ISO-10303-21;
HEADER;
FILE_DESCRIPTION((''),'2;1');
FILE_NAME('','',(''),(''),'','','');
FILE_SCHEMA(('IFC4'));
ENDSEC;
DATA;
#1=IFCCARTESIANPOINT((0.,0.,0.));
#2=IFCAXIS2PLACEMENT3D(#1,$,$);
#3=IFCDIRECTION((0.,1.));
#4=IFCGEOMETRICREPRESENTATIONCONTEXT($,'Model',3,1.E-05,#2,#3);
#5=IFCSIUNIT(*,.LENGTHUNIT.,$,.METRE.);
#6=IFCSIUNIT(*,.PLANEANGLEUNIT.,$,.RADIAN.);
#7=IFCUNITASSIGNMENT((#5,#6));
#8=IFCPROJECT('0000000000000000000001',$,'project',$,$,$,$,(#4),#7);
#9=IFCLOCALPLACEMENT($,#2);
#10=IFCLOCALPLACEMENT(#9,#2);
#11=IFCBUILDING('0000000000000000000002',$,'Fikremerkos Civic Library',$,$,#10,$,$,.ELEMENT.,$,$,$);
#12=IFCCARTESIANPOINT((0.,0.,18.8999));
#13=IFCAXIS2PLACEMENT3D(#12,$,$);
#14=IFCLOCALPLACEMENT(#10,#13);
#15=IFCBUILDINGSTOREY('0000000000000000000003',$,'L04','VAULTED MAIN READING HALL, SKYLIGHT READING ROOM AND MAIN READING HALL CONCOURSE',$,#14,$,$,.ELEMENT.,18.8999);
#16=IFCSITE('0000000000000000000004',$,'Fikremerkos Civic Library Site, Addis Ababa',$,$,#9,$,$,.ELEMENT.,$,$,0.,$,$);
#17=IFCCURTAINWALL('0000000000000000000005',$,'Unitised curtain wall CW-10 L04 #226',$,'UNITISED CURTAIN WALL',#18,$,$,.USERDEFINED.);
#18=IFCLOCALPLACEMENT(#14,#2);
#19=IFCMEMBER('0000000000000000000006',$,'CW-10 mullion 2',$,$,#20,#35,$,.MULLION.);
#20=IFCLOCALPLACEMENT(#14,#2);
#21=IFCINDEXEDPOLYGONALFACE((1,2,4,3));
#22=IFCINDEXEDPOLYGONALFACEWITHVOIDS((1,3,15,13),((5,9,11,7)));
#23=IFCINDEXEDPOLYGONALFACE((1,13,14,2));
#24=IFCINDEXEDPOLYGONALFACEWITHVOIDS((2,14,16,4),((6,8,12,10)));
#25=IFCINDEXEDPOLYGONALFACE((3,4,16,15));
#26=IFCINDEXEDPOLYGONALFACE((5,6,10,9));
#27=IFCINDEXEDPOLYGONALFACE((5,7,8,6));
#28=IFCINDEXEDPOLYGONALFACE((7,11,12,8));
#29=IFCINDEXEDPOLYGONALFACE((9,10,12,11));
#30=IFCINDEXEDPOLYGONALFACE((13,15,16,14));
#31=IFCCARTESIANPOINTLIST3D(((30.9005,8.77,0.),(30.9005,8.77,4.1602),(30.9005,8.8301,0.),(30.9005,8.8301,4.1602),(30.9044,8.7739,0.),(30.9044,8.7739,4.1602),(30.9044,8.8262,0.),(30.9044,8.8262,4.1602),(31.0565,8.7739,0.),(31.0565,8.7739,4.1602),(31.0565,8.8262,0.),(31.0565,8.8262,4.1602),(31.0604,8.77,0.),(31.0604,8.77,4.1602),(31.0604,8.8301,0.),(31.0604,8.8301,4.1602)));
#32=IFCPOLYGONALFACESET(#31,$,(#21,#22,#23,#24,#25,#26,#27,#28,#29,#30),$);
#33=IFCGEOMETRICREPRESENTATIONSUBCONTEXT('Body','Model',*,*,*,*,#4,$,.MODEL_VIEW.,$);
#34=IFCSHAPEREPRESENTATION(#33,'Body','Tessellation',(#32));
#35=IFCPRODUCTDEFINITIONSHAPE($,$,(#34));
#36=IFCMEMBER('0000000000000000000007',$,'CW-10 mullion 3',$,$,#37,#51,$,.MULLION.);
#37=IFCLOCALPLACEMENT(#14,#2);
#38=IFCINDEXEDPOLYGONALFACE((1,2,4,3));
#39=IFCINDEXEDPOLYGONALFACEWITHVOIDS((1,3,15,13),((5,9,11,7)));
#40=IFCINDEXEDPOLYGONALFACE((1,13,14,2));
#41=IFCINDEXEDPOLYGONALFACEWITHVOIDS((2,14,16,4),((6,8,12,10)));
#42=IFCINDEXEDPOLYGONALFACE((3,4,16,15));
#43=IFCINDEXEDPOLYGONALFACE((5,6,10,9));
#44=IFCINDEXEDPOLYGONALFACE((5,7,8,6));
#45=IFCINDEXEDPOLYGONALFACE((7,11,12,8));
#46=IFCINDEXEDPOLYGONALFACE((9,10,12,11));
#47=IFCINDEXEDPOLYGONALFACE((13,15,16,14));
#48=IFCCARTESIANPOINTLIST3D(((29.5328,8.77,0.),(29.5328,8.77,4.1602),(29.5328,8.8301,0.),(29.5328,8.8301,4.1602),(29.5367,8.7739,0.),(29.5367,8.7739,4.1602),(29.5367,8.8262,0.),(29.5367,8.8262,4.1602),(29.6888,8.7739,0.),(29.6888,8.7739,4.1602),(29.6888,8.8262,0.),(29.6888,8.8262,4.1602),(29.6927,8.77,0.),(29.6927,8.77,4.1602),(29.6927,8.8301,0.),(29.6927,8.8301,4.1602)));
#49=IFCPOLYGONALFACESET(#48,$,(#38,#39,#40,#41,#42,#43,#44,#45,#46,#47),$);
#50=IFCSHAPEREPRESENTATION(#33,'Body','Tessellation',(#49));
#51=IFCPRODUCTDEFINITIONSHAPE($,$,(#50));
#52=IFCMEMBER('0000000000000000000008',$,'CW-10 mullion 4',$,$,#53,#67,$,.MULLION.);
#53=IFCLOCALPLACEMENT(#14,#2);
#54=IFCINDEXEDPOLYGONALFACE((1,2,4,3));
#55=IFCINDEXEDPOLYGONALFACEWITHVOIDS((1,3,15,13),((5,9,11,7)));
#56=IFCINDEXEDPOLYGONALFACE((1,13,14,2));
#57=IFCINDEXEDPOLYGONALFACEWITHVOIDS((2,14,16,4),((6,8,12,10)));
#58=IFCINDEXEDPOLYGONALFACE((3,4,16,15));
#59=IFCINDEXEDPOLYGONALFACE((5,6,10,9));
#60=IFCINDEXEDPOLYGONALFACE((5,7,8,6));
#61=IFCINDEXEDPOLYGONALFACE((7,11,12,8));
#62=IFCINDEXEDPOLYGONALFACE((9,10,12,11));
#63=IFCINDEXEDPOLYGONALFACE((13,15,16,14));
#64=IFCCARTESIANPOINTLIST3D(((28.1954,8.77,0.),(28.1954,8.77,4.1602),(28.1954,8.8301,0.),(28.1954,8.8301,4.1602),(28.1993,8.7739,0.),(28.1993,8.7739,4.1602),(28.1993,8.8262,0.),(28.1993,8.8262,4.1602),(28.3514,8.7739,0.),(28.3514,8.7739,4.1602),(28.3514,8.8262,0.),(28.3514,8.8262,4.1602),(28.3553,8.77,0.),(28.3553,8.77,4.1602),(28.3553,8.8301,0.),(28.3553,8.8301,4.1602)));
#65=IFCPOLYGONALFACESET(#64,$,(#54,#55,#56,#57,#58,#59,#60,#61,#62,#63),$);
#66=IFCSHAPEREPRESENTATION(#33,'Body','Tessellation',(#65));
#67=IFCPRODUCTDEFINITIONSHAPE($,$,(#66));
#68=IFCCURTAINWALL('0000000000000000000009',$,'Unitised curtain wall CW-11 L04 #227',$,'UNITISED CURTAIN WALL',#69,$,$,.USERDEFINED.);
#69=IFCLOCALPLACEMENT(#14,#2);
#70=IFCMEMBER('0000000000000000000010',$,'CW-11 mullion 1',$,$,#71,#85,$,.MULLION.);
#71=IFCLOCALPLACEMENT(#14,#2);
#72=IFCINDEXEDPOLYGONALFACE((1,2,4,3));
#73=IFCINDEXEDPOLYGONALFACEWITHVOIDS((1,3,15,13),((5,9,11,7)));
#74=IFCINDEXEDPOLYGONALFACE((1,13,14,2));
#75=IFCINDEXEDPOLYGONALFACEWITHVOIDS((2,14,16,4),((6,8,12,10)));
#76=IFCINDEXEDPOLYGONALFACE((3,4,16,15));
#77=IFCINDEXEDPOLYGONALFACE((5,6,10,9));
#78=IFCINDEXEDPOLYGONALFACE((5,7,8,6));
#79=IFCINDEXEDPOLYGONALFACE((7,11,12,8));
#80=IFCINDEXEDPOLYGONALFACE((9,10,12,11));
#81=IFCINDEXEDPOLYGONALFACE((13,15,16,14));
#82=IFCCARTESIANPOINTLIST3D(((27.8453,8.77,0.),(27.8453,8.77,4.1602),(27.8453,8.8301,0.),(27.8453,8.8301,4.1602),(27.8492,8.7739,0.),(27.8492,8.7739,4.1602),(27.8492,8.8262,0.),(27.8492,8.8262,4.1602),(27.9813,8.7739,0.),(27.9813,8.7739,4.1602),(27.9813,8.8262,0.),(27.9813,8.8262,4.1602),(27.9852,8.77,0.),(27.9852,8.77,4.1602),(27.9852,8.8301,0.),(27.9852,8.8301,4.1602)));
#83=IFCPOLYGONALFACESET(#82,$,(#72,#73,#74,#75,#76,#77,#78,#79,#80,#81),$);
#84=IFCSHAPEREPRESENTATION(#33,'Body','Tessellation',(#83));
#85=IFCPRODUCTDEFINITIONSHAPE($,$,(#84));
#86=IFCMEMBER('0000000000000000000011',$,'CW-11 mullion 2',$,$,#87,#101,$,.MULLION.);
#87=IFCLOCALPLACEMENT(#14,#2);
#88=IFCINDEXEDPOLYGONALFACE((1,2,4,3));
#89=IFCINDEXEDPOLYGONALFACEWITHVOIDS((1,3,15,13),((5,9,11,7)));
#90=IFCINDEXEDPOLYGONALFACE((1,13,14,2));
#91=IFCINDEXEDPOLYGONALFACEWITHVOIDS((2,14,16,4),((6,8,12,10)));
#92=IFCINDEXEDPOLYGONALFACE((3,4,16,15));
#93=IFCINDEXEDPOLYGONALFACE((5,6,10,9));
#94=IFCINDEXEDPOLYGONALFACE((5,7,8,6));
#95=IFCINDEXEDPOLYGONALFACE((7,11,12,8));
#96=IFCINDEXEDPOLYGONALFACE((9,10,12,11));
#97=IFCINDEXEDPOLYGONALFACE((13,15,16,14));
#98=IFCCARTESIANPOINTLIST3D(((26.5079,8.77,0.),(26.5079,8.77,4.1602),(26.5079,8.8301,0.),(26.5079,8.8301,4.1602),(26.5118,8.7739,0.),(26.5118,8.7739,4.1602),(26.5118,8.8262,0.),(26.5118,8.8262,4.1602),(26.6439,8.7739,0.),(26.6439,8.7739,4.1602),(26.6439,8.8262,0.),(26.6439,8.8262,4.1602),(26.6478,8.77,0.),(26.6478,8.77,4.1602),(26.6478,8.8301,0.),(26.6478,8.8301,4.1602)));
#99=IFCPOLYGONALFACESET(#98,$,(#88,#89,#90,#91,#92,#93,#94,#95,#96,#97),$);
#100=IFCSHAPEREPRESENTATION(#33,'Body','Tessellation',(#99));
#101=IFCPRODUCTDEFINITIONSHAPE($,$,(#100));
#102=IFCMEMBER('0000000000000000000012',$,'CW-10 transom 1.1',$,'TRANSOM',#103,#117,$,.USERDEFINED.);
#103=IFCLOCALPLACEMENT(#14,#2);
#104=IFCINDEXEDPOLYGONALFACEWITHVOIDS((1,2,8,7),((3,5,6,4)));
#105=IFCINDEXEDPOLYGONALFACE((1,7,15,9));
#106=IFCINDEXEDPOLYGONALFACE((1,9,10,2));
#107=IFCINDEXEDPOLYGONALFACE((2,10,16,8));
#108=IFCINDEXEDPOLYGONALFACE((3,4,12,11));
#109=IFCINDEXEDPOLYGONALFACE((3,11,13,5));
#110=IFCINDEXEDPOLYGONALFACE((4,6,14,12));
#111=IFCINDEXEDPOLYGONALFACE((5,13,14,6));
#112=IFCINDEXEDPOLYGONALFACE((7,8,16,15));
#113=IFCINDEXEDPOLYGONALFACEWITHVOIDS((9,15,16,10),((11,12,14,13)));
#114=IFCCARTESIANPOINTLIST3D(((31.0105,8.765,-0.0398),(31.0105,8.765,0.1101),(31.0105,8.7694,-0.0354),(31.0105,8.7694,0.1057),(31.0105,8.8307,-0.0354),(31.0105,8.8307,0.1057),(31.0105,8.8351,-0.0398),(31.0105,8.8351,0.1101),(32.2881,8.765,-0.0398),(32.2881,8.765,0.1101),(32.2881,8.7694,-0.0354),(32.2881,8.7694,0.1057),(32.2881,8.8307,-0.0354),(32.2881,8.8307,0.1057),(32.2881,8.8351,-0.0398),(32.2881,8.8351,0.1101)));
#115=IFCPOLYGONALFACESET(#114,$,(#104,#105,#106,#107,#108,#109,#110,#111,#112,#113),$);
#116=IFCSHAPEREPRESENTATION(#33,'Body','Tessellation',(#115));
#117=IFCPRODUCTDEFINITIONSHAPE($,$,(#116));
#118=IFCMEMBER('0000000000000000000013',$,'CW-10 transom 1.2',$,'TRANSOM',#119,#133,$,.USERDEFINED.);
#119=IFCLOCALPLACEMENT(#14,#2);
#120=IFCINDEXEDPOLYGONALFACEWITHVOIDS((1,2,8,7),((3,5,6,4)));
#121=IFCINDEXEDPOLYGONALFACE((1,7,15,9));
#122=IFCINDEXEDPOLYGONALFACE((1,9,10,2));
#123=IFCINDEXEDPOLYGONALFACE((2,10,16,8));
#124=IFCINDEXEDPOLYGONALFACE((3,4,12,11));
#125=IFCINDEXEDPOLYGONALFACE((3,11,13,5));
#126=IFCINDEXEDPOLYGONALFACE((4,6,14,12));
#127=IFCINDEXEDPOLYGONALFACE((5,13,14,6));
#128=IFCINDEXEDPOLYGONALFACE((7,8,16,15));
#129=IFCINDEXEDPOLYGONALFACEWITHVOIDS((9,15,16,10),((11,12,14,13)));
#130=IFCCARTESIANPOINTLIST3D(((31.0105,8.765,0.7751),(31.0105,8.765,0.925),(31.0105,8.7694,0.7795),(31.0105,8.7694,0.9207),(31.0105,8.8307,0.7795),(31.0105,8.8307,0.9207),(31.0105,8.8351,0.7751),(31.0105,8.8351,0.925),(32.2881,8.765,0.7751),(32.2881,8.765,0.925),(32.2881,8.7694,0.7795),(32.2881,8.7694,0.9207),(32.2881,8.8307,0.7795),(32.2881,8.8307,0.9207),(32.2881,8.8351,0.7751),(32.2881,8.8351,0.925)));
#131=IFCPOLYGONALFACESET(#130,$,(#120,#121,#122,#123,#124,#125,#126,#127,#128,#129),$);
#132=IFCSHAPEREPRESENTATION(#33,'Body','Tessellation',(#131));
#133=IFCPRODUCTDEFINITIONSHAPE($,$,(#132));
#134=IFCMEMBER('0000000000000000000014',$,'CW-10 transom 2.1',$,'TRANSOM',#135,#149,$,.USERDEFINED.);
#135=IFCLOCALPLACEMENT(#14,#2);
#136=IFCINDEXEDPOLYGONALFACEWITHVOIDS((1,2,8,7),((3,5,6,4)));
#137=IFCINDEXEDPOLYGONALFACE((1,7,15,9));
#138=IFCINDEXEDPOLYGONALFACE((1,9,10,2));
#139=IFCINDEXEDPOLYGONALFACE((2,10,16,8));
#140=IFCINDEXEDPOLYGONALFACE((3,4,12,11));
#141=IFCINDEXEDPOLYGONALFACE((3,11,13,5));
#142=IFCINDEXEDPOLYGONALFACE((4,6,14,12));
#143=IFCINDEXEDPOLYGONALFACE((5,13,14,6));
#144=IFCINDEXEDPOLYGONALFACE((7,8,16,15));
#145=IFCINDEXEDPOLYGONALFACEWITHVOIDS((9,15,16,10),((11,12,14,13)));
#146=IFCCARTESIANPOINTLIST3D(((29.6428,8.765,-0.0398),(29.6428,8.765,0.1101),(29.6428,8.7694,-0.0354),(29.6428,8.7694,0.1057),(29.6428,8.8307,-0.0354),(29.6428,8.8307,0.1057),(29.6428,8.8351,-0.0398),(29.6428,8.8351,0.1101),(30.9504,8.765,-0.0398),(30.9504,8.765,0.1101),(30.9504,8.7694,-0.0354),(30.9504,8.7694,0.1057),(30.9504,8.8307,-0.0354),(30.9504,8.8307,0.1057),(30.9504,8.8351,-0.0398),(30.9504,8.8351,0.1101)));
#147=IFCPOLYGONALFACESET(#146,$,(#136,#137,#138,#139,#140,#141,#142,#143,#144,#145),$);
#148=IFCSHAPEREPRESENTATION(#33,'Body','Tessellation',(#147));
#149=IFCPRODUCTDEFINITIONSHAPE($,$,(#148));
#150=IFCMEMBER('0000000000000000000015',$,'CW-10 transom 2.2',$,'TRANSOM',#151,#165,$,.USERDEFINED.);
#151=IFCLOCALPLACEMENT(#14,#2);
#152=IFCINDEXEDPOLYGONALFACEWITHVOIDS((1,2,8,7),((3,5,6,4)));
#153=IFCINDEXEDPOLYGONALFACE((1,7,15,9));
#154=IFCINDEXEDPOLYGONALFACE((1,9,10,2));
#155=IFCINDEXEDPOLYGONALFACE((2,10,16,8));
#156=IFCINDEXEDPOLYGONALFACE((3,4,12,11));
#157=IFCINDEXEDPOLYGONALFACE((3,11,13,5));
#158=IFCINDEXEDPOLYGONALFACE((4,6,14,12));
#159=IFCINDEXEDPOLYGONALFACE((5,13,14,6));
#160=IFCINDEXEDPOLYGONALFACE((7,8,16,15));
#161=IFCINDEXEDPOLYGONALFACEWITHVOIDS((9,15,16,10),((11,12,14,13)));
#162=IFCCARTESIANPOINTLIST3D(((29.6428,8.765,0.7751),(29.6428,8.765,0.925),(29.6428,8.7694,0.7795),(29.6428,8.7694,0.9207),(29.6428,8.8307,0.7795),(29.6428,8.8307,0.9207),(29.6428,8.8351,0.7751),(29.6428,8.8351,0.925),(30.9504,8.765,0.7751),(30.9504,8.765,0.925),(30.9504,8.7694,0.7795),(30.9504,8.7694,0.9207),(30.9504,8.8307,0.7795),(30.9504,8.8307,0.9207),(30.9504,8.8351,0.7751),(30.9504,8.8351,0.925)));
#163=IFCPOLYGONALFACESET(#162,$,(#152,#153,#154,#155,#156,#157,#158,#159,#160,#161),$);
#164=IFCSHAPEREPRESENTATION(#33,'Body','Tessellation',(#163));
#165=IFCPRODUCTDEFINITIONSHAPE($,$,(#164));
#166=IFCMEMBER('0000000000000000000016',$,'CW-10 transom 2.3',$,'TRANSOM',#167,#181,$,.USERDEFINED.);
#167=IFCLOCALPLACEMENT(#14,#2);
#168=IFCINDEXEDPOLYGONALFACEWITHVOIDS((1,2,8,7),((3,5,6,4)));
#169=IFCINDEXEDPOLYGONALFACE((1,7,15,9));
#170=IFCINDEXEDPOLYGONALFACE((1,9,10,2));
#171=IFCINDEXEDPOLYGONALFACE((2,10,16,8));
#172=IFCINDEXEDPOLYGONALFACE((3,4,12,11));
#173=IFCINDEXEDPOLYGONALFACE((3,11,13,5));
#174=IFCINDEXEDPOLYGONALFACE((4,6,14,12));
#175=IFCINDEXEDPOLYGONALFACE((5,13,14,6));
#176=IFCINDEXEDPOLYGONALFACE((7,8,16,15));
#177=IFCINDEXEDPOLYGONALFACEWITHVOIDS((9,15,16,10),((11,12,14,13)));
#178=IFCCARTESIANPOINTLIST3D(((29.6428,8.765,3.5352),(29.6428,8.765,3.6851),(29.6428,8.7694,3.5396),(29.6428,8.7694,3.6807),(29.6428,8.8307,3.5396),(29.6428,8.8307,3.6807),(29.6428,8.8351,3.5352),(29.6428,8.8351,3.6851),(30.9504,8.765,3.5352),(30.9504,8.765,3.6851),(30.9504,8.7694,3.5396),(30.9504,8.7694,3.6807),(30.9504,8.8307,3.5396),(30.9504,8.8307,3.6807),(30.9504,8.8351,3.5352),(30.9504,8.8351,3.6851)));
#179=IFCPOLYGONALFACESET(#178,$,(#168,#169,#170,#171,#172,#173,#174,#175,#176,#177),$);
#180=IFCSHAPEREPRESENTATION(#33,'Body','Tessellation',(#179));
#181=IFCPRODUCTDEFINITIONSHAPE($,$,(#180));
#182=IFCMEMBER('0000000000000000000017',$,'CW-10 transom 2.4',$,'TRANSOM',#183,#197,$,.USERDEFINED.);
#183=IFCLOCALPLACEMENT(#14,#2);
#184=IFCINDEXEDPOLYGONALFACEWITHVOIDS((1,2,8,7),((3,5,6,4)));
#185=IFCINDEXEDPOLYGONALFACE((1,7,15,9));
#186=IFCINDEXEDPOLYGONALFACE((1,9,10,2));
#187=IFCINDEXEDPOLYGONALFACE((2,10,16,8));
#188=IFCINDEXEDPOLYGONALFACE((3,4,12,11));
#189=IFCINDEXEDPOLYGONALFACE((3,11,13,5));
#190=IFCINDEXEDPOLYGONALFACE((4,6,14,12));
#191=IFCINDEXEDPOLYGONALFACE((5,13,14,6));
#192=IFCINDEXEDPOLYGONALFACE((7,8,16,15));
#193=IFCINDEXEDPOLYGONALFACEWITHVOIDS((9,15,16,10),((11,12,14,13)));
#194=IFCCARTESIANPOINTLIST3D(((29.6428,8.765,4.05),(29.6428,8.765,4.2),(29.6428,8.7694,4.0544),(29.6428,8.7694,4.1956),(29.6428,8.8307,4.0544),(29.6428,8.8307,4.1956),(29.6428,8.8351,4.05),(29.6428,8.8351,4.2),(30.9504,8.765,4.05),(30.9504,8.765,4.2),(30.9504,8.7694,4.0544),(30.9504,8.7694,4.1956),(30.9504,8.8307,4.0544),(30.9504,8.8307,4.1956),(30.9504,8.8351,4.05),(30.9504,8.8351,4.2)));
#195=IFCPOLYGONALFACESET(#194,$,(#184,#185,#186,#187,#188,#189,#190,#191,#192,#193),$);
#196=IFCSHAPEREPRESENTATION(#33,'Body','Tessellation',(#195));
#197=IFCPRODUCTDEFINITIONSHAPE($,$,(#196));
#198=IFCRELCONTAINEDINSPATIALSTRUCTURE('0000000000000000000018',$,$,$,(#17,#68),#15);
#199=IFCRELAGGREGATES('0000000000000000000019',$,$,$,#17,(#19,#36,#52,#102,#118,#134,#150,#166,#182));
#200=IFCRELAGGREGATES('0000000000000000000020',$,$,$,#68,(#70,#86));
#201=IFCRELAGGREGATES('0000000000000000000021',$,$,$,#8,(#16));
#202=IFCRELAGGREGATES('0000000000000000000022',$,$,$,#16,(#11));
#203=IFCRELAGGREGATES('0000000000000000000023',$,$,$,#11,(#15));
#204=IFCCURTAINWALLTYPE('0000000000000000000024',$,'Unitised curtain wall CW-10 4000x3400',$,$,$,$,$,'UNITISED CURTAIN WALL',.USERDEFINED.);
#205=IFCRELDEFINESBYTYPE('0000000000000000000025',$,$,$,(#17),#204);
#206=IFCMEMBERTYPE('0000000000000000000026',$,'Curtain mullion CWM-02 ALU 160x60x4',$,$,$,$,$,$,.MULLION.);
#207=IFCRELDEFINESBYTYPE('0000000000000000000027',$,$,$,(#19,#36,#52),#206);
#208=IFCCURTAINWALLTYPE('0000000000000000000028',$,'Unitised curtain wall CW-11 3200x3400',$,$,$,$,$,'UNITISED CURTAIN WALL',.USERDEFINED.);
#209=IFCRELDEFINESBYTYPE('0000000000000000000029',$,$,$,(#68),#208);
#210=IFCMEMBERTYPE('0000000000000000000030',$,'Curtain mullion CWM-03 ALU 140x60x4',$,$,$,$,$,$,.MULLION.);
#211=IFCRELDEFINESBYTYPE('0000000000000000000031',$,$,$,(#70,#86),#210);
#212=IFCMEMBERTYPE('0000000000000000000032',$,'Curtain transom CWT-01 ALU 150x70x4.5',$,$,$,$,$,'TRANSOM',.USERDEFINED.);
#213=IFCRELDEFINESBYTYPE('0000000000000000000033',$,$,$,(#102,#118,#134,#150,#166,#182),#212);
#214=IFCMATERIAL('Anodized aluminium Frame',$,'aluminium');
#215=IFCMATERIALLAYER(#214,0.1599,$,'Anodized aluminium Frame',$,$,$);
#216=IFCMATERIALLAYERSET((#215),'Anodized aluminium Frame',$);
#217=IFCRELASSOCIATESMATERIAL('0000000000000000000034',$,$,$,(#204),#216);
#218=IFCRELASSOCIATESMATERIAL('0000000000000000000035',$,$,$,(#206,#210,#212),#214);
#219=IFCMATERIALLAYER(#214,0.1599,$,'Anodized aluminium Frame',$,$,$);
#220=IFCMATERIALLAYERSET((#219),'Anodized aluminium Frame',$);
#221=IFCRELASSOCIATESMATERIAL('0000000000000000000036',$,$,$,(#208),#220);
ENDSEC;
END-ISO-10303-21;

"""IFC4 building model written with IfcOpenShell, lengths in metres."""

from ifc_helpers import new_model, si_unit, direction, frame, origin, origin_2d, place, context, subcontext, project, spatial, hollow_rectangle, extrude, material, layer, layer_set, material_profile, profile_set, type_object, element, aggregate, save


model = new_model("IFC4")

# Units and contexts
model_context = context("Model", 3, precision=1e-05, world=origin(), true_north=direction((0.0, 1.0)))
body_context = subcontext(model_context, "Body", "Model", "MODEL_VIEW")
ifc_project = project(units=[si_unit("LENGTHUNIT", "METRE"), si_unit("PLANEANGLEUNIT", "RADIAN")], contexts=[model_context])

# Site, building, storey
site_placement = place(None, origin())
site = spatial("IfcSite", under=ifc_project, at=site_placement, Name="Fikremerkos Civic Library Site, Addis Ababa", CompositionType="ELEMENT", RefElevation=0.0)
building_placement = place(site_placement, origin())
building = spatial("IfcBuilding", under=site, at=building_placement, Name="Fikremerkos Civic Library", CompositionType="ELEMENT")
storey_placement = place(building_placement, frame((0.0, 0.0, 18.8999)))
storey = spatial("IfcBuildingStorey", under=building, at=storey_placement, Name="L04", Description="VAULTED MAIN READING HALL, SKYLIGHT READING ROOM AND MAIN READING HALL CONCOURSE", CompositionType="ELEMENT", Elevation=18.8999)

# Curtain walls, members
ifc_material_1 = material(Name="Anodized aluminium Frame", Category="aluminium")
ifc_layer_1 = layer(ifc_material_1, 0.1599, Name="Anodized aluminium Frame")
ifc_layer_set_1 = layer_set([ifc_layer_1], Name="Anodized aluminium Frame")
curtain_wall_type_1 = type_object("IfcCurtainWallType", Name="Unitised curtain wall CW-10 4000x3400", ElementType="UNITISED CURTAIN WALL", PredefinedType="USERDEFINED", material=ifc_layer_set_1)
curtain_wall_1_placement = place(storey_placement, origin())
curtain_wall_1 = element("IfcCurtainWall", 1, at=curtain_wall_1_placement, inside=storey, type_object=curtain_wall_type_1, Name="Unitised curtain wall CW-10 L04 #226", ObjectType="UNITISED CURTAIN WALL", PredefinedType="USERDEFINED")
ifc_material_profile_1 = material_profile(ifc_material_1, hollow_rectangle(XDim=0.0601, YDim=0.1599, WallThickness=0.0039, at=origin_2d()), Name="ALU 160x60x4")
ifc_profile_set_1 = profile_set([ifc_material_profile_1], Name="Anodized aluminium Frame")
member_type_1 = type_object("IfcMemberType", Name="Curtain mullion CWM-02 ALU 160x60x4", PredefinedType="MULLION", material=ifc_profile_set_1)
member_1_placement = place(storey_placement, frame((30.9805, 8.8, 0.0), z_axis=(0.0, 0.0, 1.0), x_axis=(0.0, -1.0, 0.0)))
member_1 = element("IfcMember", 2, at=member_1_placement, type_object=member_type_1, Name="CW-10 mullion 2", PredefinedType="MULLION", context=body_context, shape_type="SweptSolid", body=[
    extrude(hollow_rectangle(XDim=0.0601, YDim=0.1599, WallThickness=0.0039, at=origin_2d()), origin(), (0.0, 0.0, 1.0), 4.1602),
])
member_2_placement = place(storey_placement, frame((29.6128, 8.8, 0.0), z_axis=(0.0, 0.0, 1.0), x_axis=(0.0, -1.0, 0.0)))
member_2 = element("IfcMember", 3, at=member_2_placement, type_object=member_type_1, Name="CW-10 mullion 3", PredefinedType="MULLION", context=body_context, shape_type="SweptSolid", body=[
    extrude(hollow_rectangle(XDim=0.0601, YDim=0.1599, WallThickness=0.0039, at=origin_2d()), origin(), (0.0, 0.0, 1.0), 4.1602),
])
member_3_placement = place(storey_placement, frame((28.2754, 8.8, 0.0), z_axis=(0.0, 0.0, 1.0), x_axis=(0.0, -1.0, 0.0)))
member_3 = element("IfcMember", 4, at=member_3_placement, type_object=member_type_1, Name="CW-10 mullion 4", PredefinedType="MULLION", context=body_context, shape_type="SweptSolid", body=[
    extrude(hollow_rectangle(XDim=0.0601, YDim=0.1599, WallThickness=0.0039, at=origin_2d()), origin(), (0.0, 0.0, 1.0), 4.1602),
])
ifc_layer_2 = layer(ifc_material_1, 0.1599, Name="Anodized aluminium Frame")
ifc_layer_set_2 = layer_set([ifc_layer_2], Name="Anodized aluminium Frame")
curtain_wall_type_2 = type_object("IfcCurtainWallType", Name="Unitised curtain wall CW-11 3200x3400", ElementType="UNITISED CURTAIN WALL", PredefinedType="USERDEFINED", material=ifc_layer_set_2)
curtain_wall_2_placement = place(storey_placement, origin())
curtain_wall_2 = element("IfcCurtainWall", 5, at=curtain_wall_2_placement, inside=storey, type_object=curtain_wall_type_2, Name="Unitised curtain wall CW-11 L04 #227", ObjectType="UNITISED CURTAIN WALL", PredefinedType="USERDEFINED")
ifc_material_profile_2 = material_profile(ifc_material_1, hollow_rectangle(XDim=0.0601, YDim=0.1399, WallThickness=0.0039, at=origin_2d()), Name="ALU 140x60x4")
ifc_profile_set_2 = profile_set([ifc_material_profile_2], Name="Anodized aluminium Frame")
member_type_2 = type_object("IfcMemberType", Name="Curtain mullion CWM-03 ALU 140x60x4", PredefinedType="MULLION", material=ifc_profile_set_2)
member_4_placement = place(storey_placement, frame((27.9153, 8.8, 0.0), z_axis=(0.0, 0.0, 1.0), x_axis=(0.0, -1.0, 0.0)))
member_4 = element("IfcMember", 6, at=member_4_placement, type_object=member_type_2, Name="CW-11 mullion 1", PredefinedType="MULLION", context=body_context, shape_type="SweptSolid", body=[
    extrude(hollow_rectangle(XDim=0.0601, YDim=0.1399, WallThickness=0.0039, at=origin_2d()), origin(), (0.0, 0.0, 1.0), 4.1602),
])
member_5_placement = place(storey_placement, frame((26.5779, 8.8, 0.0), z_axis=(0.0, 0.0, 1.0), x_axis=(0.0, -1.0, 0.0)))
member_5 = element("IfcMember", 7, at=member_5_placement, type_object=member_type_2, Name="CW-11 mullion 2", PredefinedType="MULLION", context=body_context, shape_type="SweptSolid", body=[
    extrude(hollow_rectangle(XDim=0.0601, YDim=0.1399, WallThickness=0.0039, at=origin_2d()), origin(), (0.0, 0.0, 1.0), 4.1602),
])

# Members
ifc_material_profile_3 = material_profile(ifc_material_1, hollow_rectangle(XDim=0.0701, YDim=0.1499, WallThickness=0.0044, at=origin_2d()), Name="ALU 150x70x4.5")
ifc_profile_set_3 = profile_set([ifc_material_profile_3], Name="Anodized aluminium Frame")
member_type_3 = type_object("IfcMemberType", Name="Curtain transom CWT-01 ALU 150x70x4.5", ElementType="TRANSOM", PredefinedType="USERDEFINED", material=ifc_profile_set_3)
member_6_placement = place(storey_placement, frame((32.2881, 8.8, 0.0352), z_axis=(-1.0, 0.0, 0.0), x_axis=(0.0, -1.0, 0.0)))
member_6 = element("IfcMember", 8, at=member_6_placement, type_object=member_type_3, Name="CW-10 transom 1.1", ObjectType="TRANSOM", PredefinedType="USERDEFINED", context=body_context, shape_type="SweptSolid", body=[
    extrude(hollow_rectangle(XDim=0.0701, YDim=0.1499, WallThickness=0.0044, at=origin_2d()), origin(), (0.0, 0.0, 1.0), 1.2776),
])
member_7_placement = place(storey_placement, frame((32.2881, 8.8, 0.8501), z_axis=(-1.0, 0.0, 0.0), x_axis=(0.0, -1.0, 0.0)))
member_7 = element("IfcMember", 9, at=member_7_placement, type_object=member_type_3, Name="CW-10 transom 1.2", ObjectType="TRANSOM", PredefinedType="USERDEFINED", context=body_context, shape_type="SweptSolid", body=[
    extrude(hollow_rectangle(XDim=0.0701, YDim=0.1499, WallThickness=0.0044, at=origin_2d()), origin(), (0.0, 0.0, 1.0), 1.2776),
])
member_8_placement = place(storey_placement, frame((30.9504, 8.8, 0.0352), z_axis=(-1.0, 0.0, 0.0), x_axis=(0.0, -1.0, 0.0)))
member_8 = element("IfcMember", 10, at=member_8_placement, type_object=member_type_3, Name="CW-10 transom 2.1", ObjectType="TRANSOM", PredefinedType="USERDEFINED", context=body_context, shape_type="SweptSolid", body=[
    extrude(hollow_rectangle(XDim=0.0701, YDim=0.1499, WallThickness=0.0044, at=origin_2d()), origin(), (0.0, 0.0, 1.0), 1.3076),
])
member_9_placement = place(storey_placement, frame((30.9504, 8.8, 0.8501), z_axis=(-1.0, 0.0, 0.0), x_axis=(0.0, -1.0, 0.0)))
member_9 = element("IfcMember", 11, at=member_9_placement, type_object=member_type_3, Name="CW-10 transom 2.2", ObjectType="TRANSOM", PredefinedType="USERDEFINED", context=body_context, shape_type="SweptSolid", body=[
    extrude(hollow_rectangle(XDim=0.0701, YDim=0.1499, WallThickness=0.0044, at=origin_2d()), origin(), (0.0, 0.0, 1.0), 1.3076),
])
member_10_placement = place(storey_placement, frame((30.9504, 8.8, 3.6101), z_axis=(-1.0, 0.0, 0.0), x_axis=(0.0, -1.0, 0.0)))
member_10 = element("IfcMember", 12, at=member_10_placement, type_object=member_type_3, Name="CW-10 transom 2.3", ObjectType="TRANSOM", PredefinedType="USERDEFINED", context=body_context, shape_type="SweptSolid", body=[
    extrude(hollow_rectangle(XDim=0.0701, YDim=0.1499, WallThickness=0.0044, at=origin_2d()), origin(), (0.0, 0.0, 1.0), 1.3076),
])
member_11_placement = place(storey_placement, frame((30.9504, 8.8, 4.125), z_axis=(-1.0, 0.0, 0.0), x_axis=(0.0, -1.0, 0.0)))
member_11 = element("IfcMember", 13, at=member_11_placement, type_object=member_type_3, Name="CW-10 transom 2.4", ObjectType="TRANSOM", PredefinedType="USERDEFINED", context=body_context, shape_type="SweptSolid", body=[
    extrude(hollow_rectangle(XDim=0.0701, YDim=0.1499, WallThickness=0.0044, at=origin_2d()), origin(), (0.0, 0.0, 1.0), 1.3076),
])

aggregate(curtain_wall_1, [member_1, member_2, member_3, member_6, member_7, member_8, member_9, member_10, member_11])
aggregate(curtain_wall_2, [member_4, member_5])

save(model, "model.ifc")
